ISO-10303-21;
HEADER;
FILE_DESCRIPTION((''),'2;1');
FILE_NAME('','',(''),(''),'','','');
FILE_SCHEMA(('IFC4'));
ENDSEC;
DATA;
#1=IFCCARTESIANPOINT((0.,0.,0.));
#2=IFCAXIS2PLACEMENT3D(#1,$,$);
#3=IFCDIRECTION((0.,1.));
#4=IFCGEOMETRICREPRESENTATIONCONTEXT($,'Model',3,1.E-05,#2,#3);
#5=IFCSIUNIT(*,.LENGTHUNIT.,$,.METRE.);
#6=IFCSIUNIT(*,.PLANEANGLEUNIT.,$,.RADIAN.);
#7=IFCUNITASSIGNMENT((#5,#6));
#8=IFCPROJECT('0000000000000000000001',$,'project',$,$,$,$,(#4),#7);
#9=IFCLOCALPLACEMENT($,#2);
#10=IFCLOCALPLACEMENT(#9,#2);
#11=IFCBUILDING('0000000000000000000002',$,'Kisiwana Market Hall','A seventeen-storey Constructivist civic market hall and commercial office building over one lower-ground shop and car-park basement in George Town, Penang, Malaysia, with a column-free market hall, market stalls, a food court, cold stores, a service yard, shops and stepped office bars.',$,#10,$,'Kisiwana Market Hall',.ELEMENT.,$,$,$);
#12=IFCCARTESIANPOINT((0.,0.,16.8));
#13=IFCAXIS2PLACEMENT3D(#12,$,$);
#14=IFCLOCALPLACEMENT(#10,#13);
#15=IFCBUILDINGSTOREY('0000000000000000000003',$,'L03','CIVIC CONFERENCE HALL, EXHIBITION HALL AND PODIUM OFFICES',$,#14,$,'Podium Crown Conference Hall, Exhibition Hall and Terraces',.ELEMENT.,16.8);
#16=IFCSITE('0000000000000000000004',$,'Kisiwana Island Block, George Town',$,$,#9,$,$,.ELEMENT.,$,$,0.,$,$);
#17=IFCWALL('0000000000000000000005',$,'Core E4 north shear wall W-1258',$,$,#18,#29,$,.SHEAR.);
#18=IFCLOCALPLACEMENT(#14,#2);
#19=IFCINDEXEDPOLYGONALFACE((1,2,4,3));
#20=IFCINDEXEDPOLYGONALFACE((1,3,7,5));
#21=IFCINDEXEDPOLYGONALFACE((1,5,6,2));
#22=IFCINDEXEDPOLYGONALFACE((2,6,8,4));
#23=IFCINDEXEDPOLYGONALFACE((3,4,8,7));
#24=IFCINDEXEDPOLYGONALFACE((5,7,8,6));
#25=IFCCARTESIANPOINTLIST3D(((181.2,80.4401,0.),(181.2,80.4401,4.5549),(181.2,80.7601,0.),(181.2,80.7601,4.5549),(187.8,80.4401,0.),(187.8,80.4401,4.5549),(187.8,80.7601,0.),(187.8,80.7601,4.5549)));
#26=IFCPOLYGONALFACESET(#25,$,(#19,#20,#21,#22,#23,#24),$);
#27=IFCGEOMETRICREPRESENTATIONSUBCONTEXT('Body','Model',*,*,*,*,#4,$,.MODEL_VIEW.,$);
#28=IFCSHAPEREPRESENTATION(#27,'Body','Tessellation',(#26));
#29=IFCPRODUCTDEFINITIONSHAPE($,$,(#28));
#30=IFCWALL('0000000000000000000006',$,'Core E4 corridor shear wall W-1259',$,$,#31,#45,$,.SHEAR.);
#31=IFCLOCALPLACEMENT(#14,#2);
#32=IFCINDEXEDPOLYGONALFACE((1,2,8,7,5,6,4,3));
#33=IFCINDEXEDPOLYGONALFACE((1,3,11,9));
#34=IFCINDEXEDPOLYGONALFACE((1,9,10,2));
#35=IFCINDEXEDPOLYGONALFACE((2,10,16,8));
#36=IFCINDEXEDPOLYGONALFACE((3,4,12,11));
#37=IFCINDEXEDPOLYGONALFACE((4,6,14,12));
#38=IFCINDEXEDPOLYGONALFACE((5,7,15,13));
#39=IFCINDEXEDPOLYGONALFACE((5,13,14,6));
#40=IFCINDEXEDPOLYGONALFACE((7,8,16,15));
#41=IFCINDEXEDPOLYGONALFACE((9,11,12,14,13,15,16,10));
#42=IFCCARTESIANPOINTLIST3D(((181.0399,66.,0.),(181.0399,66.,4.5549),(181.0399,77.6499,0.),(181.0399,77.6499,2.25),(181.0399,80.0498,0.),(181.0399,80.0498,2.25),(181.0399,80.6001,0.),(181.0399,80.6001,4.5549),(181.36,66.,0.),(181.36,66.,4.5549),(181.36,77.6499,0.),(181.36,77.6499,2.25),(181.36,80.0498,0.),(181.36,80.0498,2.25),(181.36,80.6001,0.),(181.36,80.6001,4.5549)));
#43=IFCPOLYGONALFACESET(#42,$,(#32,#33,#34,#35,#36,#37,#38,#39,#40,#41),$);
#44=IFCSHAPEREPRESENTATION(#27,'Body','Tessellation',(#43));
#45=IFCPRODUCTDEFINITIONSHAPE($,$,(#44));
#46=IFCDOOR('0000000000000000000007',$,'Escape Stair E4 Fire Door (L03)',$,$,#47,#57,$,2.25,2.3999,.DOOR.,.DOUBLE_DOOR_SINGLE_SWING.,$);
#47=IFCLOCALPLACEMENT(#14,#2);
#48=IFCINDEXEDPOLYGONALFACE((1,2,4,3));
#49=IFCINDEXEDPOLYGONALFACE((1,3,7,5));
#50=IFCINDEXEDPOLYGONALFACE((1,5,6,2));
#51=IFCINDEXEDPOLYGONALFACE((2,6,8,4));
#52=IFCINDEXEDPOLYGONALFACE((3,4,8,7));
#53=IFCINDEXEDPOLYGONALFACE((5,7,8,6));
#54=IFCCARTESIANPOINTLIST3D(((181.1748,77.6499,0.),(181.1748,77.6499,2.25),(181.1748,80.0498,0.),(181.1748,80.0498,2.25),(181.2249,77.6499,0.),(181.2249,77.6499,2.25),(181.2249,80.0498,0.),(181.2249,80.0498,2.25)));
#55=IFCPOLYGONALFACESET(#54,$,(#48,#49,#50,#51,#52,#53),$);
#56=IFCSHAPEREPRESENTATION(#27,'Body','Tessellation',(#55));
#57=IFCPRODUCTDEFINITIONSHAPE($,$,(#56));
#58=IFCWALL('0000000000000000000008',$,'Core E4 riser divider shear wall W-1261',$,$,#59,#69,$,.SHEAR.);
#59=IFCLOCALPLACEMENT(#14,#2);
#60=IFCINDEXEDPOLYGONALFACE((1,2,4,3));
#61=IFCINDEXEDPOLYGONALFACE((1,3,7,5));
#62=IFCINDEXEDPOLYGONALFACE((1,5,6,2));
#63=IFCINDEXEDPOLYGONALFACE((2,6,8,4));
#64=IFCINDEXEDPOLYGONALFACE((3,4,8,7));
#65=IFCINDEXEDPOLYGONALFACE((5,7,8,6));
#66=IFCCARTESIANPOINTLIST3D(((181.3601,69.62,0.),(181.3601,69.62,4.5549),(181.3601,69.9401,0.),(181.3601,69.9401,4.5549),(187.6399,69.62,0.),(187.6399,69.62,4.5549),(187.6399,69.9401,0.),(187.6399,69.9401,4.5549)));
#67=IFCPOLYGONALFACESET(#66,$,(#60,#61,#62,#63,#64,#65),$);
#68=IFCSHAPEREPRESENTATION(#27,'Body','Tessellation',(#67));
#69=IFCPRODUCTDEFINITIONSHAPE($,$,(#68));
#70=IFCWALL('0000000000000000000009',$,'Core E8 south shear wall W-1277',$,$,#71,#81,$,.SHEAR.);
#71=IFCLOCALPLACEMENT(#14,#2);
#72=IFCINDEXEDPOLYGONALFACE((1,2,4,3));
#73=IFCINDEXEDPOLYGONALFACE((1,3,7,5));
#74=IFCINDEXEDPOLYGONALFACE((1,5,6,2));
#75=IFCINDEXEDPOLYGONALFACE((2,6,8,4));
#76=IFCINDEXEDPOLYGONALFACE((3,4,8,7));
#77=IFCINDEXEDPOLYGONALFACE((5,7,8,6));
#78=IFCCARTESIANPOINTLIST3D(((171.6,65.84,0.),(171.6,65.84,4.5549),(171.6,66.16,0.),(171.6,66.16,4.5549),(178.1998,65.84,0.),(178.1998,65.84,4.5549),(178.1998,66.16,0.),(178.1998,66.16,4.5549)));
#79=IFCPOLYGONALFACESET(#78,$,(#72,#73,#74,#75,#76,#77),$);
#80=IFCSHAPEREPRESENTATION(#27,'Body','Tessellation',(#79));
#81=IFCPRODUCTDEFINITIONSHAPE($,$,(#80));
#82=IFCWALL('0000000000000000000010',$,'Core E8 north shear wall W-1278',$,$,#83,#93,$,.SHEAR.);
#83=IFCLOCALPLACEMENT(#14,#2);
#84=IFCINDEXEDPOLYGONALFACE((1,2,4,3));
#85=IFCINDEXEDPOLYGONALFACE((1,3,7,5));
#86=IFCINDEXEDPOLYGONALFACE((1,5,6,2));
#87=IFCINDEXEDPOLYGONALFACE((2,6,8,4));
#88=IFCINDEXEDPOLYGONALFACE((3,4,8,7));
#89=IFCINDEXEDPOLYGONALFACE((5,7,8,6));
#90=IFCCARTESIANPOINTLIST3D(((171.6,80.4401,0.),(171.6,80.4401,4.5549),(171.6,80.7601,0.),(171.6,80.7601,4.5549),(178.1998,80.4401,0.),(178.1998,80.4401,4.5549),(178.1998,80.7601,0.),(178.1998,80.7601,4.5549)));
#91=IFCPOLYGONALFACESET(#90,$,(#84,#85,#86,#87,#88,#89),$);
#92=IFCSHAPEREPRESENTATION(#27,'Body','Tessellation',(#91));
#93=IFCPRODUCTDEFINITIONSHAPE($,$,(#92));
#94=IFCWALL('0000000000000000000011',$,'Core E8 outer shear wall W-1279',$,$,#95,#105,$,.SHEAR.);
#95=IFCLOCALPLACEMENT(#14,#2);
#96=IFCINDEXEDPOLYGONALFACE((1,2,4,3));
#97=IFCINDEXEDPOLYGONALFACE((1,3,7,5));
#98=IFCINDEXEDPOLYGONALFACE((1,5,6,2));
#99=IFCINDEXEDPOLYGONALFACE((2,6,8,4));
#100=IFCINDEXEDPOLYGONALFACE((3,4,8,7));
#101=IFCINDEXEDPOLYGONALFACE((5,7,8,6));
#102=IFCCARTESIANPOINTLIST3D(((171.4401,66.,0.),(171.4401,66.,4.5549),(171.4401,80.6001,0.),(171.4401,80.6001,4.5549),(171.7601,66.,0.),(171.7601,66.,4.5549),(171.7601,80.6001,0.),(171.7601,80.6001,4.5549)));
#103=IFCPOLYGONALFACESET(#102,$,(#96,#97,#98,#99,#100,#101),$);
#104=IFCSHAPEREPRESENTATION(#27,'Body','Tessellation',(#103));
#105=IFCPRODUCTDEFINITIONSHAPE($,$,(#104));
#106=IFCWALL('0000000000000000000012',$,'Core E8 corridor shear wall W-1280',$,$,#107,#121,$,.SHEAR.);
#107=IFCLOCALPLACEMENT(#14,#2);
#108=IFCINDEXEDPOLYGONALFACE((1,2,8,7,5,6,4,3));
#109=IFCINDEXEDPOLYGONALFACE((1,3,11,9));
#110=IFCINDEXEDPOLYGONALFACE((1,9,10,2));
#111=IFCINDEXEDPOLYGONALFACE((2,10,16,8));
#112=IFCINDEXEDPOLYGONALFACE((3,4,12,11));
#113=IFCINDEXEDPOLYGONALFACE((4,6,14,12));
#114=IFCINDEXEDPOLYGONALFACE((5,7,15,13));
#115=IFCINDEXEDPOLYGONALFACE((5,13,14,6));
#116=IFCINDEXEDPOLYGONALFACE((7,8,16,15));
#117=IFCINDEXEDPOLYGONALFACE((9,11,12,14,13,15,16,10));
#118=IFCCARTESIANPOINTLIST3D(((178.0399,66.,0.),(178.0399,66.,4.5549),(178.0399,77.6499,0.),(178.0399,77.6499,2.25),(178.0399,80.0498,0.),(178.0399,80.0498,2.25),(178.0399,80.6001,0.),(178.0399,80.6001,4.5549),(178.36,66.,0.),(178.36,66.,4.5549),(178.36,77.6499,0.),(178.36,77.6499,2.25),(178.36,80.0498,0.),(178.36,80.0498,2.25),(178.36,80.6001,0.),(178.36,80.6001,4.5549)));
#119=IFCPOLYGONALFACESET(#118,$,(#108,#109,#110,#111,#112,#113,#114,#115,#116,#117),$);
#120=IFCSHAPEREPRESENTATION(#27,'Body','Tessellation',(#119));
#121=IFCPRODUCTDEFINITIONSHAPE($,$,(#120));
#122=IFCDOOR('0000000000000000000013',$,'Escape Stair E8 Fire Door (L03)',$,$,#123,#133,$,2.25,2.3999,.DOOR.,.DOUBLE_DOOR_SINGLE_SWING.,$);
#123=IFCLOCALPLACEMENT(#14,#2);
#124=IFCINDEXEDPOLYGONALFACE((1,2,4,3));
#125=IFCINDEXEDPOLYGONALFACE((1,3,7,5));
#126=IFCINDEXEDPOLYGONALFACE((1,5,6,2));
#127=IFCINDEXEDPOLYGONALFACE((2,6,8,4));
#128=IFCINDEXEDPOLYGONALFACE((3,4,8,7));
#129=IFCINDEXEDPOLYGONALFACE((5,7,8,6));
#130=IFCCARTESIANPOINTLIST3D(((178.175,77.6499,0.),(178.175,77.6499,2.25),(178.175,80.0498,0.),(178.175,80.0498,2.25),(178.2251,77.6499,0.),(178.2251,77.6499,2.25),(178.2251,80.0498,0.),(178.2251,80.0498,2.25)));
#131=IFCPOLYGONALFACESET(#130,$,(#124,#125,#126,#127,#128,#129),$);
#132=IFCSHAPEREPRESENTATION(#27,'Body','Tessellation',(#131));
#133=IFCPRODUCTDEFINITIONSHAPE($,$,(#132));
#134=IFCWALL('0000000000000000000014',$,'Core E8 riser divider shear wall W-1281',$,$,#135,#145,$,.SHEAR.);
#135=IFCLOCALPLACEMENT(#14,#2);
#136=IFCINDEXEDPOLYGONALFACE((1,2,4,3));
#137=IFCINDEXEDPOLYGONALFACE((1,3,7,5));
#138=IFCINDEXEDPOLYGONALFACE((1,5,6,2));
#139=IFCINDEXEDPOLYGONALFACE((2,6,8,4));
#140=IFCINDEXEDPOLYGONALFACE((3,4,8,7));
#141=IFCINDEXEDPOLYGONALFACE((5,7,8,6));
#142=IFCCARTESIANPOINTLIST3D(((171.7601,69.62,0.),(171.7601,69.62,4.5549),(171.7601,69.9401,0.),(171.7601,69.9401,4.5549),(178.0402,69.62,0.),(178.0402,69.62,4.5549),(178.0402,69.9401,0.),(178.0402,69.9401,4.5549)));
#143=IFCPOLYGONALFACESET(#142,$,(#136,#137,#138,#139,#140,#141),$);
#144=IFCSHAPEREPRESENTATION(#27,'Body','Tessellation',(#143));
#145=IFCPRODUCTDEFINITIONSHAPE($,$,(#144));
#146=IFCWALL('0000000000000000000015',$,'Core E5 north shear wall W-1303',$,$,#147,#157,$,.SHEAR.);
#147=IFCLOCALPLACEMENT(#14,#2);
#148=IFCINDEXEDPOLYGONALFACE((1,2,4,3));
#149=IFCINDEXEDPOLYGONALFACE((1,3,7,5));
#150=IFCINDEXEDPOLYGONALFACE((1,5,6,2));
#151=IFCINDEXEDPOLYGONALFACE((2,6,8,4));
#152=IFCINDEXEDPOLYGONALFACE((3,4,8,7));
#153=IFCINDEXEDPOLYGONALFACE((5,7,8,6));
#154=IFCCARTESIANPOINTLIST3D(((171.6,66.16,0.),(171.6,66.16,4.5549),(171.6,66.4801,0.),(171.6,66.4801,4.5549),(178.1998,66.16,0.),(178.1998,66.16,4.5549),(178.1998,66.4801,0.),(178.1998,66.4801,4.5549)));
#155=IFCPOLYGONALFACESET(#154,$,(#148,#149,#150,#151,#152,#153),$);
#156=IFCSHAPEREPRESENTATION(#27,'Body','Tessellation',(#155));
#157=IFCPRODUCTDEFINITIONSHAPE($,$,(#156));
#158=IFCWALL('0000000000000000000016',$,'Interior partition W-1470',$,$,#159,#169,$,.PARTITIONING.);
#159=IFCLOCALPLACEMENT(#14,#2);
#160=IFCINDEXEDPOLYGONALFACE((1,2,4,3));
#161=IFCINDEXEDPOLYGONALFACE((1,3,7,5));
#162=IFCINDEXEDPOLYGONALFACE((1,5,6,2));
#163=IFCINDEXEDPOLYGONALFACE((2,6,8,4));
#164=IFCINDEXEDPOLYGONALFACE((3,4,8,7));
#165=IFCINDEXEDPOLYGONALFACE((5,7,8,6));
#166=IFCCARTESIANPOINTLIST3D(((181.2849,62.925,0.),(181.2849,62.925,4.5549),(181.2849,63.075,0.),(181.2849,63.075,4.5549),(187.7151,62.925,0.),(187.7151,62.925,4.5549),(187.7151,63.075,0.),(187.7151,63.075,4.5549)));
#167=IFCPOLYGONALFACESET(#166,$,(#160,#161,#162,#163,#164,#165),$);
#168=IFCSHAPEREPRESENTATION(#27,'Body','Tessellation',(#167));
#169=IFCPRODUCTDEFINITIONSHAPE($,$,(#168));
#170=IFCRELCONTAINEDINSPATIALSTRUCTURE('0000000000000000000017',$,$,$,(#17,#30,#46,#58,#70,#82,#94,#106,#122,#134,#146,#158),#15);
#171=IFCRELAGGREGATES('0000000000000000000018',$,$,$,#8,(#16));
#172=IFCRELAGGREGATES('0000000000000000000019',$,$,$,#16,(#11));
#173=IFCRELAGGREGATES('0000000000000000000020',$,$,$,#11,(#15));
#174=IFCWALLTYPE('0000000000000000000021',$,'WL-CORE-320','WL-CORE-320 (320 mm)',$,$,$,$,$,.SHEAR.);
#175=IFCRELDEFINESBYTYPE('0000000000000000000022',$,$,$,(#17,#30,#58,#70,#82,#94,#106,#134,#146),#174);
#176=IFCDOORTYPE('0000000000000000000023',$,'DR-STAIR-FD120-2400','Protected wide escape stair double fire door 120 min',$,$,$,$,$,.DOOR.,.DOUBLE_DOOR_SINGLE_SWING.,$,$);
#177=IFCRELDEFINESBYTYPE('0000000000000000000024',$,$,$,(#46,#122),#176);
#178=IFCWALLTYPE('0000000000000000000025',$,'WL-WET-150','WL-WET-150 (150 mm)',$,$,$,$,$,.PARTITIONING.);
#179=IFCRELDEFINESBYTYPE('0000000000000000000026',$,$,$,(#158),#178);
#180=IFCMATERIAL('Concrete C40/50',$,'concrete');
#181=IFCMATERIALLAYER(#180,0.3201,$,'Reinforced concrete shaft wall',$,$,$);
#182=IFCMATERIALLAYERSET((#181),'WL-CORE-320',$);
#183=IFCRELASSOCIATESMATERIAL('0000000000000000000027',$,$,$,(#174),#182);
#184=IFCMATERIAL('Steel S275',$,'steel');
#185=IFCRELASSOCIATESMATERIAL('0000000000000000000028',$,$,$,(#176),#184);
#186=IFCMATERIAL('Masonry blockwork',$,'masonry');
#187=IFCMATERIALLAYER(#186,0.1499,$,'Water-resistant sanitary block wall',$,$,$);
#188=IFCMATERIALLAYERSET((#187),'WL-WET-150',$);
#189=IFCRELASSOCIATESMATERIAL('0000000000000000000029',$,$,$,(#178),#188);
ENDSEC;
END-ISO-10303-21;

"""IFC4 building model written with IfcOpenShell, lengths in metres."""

from ifc_helpers import new_model, si_unit, direction, frame, frame_2d, origin, place, context, subcontext, project, spatial, rectangle, extrude, material, layer, layer_set, type_object, element, fill, save


model = new_model("IFC4")

# Units and contexts
model_context = context("Model", 3, precision=1e-05, world=origin(), true_north=direction((0.0, 1.0)))
body_context = subcontext(model_context, "Body", "Model", "MODEL_VIEW")
ifc_project = project(units=[si_unit("LENGTHUNIT", "METRE"), si_unit("PLANEANGLEUNIT", "RADIAN")], contexts=[model_context])

# Site, building, storey
site_placement = place(None, origin())
site = spatial("IfcSite", under=ifc_project, at=site_placement, Name="Kisiwana Island Block, George Town", CompositionType="ELEMENT", RefElevation=0.0)
building_placement = place(site_placement, origin())
building = spatial("IfcBuilding", under=site, at=building_placement, Name="Kisiwana Market Hall", Description="A seventeen-storey Constructivist civic market hall and commercial office building over one lower-ground shop and car-park basement in George Town, Penang, Malaysia, with a column-free market hall, market stalls, a food court, cold stores, a service yard, shops and stepped office bars.", LongName="Kisiwana Market Hall", CompositionType="ELEMENT")
storey_placement = place(building_placement, frame((0.0, 0.0, 16.8)))
storey = spatial("IfcBuildingStorey", under=building, at=storey_placement, Name="L03", Description="CIVIC CONFERENCE HALL, EXHIBITION HALL AND PODIUM OFFICES", LongName="Podium Crown Conference Hall, Exhibition Hall and Terraces", CompositionType="ELEMENT", Elevation=16.8)

# Wall
ifc_material_1 = material(Name="Concrete C40/50", Category="concrete")
ifc_layer_1 = layer(ifc_material_1, 0.3201, Name="Reinforced concrete shaft wall")
ifc_layer_set_1 = layer_set([ifc_layer_1], Name="WL-CORE-320")
wall_type_1 = type_object("IfcWallType", Name="WL-CORE-320", Description="WL-CORE-320 (320 mm)", PredefinedType="SHEAR", material=ifc_layer_set_1)
for number, where, z_axis, x_axis, name in (
    (1, (181.2, 80.6001, 0.0), (0.0, 0.0, 1.0), (1.0, 0.0, 0.0), "Core E4 north shear wall W-1258"),
):
    element("IfcWall", number, at=place(storey_placement, frame(where, z_axis=z_axis, x_axis=x_axis)), inside=storey, type_object=wall_type_1, Name=name, PredefinedType="SHEAR", context=body_context, shape_type="SweptSolid", body=[
        extrude(rectangle(XDim=6.6001, YDim=0.3201, at=frame_2d((3.3, 0.0))), origin(), (0.0, 0.0, 1.0), 4.5549),
    ])

# Wall, opening, door
wall_1_placement = place(storey_placement, frame((181.2, 66.0, 0.0), z_axis=(0.0, 0.0, 1.0), x_axis=(0.0, 1.0, 0.0)))
wall_1 = element("IfcWall", 2, at=wall_1_placement, inside=storey, type_object=wall_type_1, Name="Core E4 corridor shear wall W-1259", PredefinedType="SHEAR", context=body_context, shape_type="SweptSolid", body=[
    extrude(rectangle(XDim=14.6001, YDim=0.3201, at=frame_2d((7.3, 0.0))), origin(), (0.0, 0.0, 1.0), 4.5549),
])
opening_1_placement = place(wall_1_placement, frame((11.6499, 0.0, 0.0)))
opening_1 = element("IfcOpeningElement", 3, at=opening_1_placement, cuts=wall_1, PredefinedType="OPENING", context=body_context, shape_type="SweptSolid", body=[
    extrude(rectangle(XDim=2.3999, YDim=2.25, at=frame_2d((1.2, 1.125))), frame((0.0, 0.1719, 0.0), z_axis=(0.0, -1.0, 0.0), x_axis=(1.0, 0.0, 0.0)), (0.0, 0.0, 1.0), 0.344),
])
ifc_material_2 = material(Name="Steel S275", Category="steel")
door_type_1 = type_object("IfcDoorType", Name="DR-STAIR-FD120-2400", Description="Protected wide escape stair double fire door 120 min", OperationType="DOUBLE_DOOR_SINGLE_SWING", PredefinedType="DOOR", material=ifc_material_2)
door_1_placement = place(opening_1_placement, frame((2.3999, 0.0, 0.0), z_axis=(0.0, 0.0, 1.0), x_axis=(-1.0, 0.0, 0.0)))
door_1 = element("IfcDoor", 4, at=door_1_placement, inside=storey, type_object=door_type_1, Name="Escape Stair E4 Fire Door (L03)", OperationType="DOUBLE_DOOR_SINGLE_SWING", OverallHeight=2.25, OverallWidth=2.3999, PredefinedType="DOOR", context=body_context, shape_type="SweptSolid", body=[
    extrude(rectangle(XDim=2.3999, YDim=2.25, at=frame_2d((1.2, 1.125))), frame((0.0, 0.0249, 0.0), z_axis=(0.0, -1.0, 0.0), x_axis=(1.0, 0.0, 0.0)), (0.0, 0.0, 1.0), 0.05),
])
fill(opening_1, door_1)

# Walls
wall_2_placement = place(storey_placement, frame((181.3601, 69.78, 0.0), z_axis=(0.0, 0.0, 1.0), x_axis=(1.0, 0.0, 0.0)))
element("IfcWall", 5, at=wall_2_placement, inside=storey, type_object=wall_type_1, Name="Core E4 riser divider shear wall W-1261", PredefinedType="SHEAR", context=body_context, shape_type="SweptSolid", body=[
    extrude(rectangle(XDim=6.2798, YDim=0.3201, at=frame_2d((3.1399, 0.0))), origin(), (0.0, 0.0, 1.0), 4.5549),
])
for number, where, z_axis, x_axis, name in (
    (6, (171.6001, 66.0, 0.0), (0.0, 0.0, 1.0), (1.0, 0.0, 0.0), "Core E8 south shear wall W-1277"),
    (7, (171.6001, 80.6001, 0.0), (0.0, 0.0, 1.0), (1.0, 0.0, 0.0), "Core E8 north shear wall W-1278"),
):
    element("IfcWall", number, at=place(storey_placement, frame(where, z_axis=z_axis, x_axis=x_axis)), inside=storey, type_object=wall_type_1, Name=name, PredefinedType="SHEAR", context=body_context, shape_type="SweptSolid", body=[
        extrude(rectangle(XDim=6.5999, YDim=0.3201, at=frame_2d((3.2998, 0.0))), origin(), (0.0, 0.0, 1.0), 4.5549),
    ])
wall_3_placement = place(storey_placement, frame((171.6001, 66.0, 0.0), z_axis=(0.0, 0.0, 1.0), x_axis=(0.0, 1.0, 0.0)))
element("IfcWall", 8, at=wall_3_placement, inside=storey, type_object=wall_type_1, Name="Core E8 outer shear wall W-1279", PredefinedType="SHEAR", context=body_context, shape_type="SweptSolid", body=[
    extrude(rectangle(XDim=14.6001, YDim=0.3201, at=frame_2d((7.3, 0.0))), origin(), (0.0, 0.0, 1.0), 4.5549),
])

# Wall, opening, door
wall_4_placement = place(storey_placement, frame((178.2, 66.0, 0.0), z_axis=(0.0, 0.0, 1.0), x_axis=(0.0, 1.0, 0.0)))
wall_4 = element("IfcWall", 9, at=wall_4_placement, inside=storey, type_object=wall_type_1, Name="Core E8 corridor shear wall W-1280", PredefinedType="SHEAR", context=body_context, shape_type="SweptSolid", body=[
    extrude(rectangle(XDim=14.6001, YDim=0.3201, at=frame_2d((7.3, 0.0))), origin(), (0.0, 0.0, 1.0), 4.5549),
])
opening_2_placement = place(wall_4_placement, frame((11.6499, 0.0, 0.0)))
opening_2 = element("IfcOpeningElement", 10, at=opening_2_placement, cuts=wall_4, PredefinedType="OPENING", context=body_context, shape_type="SweptSolid", body=[
    extrude(rectangle(XDim=2.3999, YDim=2.25, at=frame_2d((1.2, 1.125))), frame((0.0, 0.1719, 0.0), z_axis=(0.0, -1.0, 0.0), x_axis=(1.0, 0.0, 0.0)), (0.0, 0.0, 1.0), 0.344),
])
door_2_placement = place(opening_2_placement, origin())
door_2 = element("IfcDoor", 11, at=door_2_placement, inside=storey, type_object=door_type_1, Name="Escape Stair E8 Fire Door (L03)", OperationType="DOUBLE_DOOR_SINGLE_SWING", OverallHeight=2.25, OverallWidth=2.3999, PredefinedType="DOOR", context=body_context, shape_type="SweptSolid", body=[
    extrude(rectangle(XDim=2.3999, YDim=2.25, at=frame_2d((1.2, 1.125))), frame((0.0, 0.0249, 0.0), z_axis=(0.0, -1.0, 0.0), x_axis=(1.0, 0.0, 0.0)), (0.0, 0.0, 1.0), 0.05),
])
fill(opening_2, door_2)

# Walls
wall_5_placement = place(storey_placement, frame((171.76, 69.78, 0.0), z_axis=(0.0, 0.0, 1.0), x_axis=(1.0, 0.0, 0.0)))
element("IfcWall", 12, at=wall_5_placement, inside=storey, type_object=wall_type_1, Name="Core E8 riser divider shear wall W-1281", PredefinedType="SHEAR", context=body_context, shape_type="SweptSolid", body=[
    extrude(rectangle(XDim=6.28, YDim=0.3201, at=frame_2d((3.1401, 0.0))), origin(), (0.0, 0.0, 1.0), 4.5549),
])
wall_6_placement = place(storey_placement, frame((171.6001, 66.3201, 0.0), z_axis=(0.0, 0.0, 1.0), x_axis=(1.0, 0.0, 0.0)))
element("IfcWall", 13, at=wall_6_placement, inside=storey, type_object=wall_type_1, Name="Core E5 north shear wall W-1303", PredefinedType="SHEAR", context=body_context, shape_type="SweptSolid", body=[
    extrude(rectangle(XDim=6.5999, YDim=0.3201, at=frame_2d((3.2998, 0.0))), origin(), (0.0, 0.0, 1.0), 4.5549),
])
ifc_material_3 = material(Name="Masonry blockwork", Category="masonry")
ifc_layer_2 = layer(ifc_material_3, 0.1499, Name="Water-resistant sanitary block wall")
ifc_layer_set_2 = layer_set([ifc_layer_2], Name="WL-WET-150")
wall_type_2 = type_object("IfcWallType", Name="WL-WET-150", Description="WL-WET-150 (150 mm)", PredefinedType="PARTITIONING", material=ifc_layer_set_2)
wall_7_placement = place(storey_placement, frame((181.2849, 63.0, 0.0), z_axis=(0.0, 0.0, 1.0), x_axis=(1.0, 0.0, 0.0)))
element("IfcWall", 14, at=wall_7_placement, inside=storey, type_object=wall_type_2, Name="Interior partition W-1470", PredefinedType="PARTITIONING", context=body_context, shape_type="SweptSolid", body=[
    extrude(rectangle(XDim=6.4302, YDim=0.1499, at=frame_2d((3.2151, 0.0))), origin(), (0.0, 0.0, 1.0), 4.5549),
])

save(model, "model.ifc")
